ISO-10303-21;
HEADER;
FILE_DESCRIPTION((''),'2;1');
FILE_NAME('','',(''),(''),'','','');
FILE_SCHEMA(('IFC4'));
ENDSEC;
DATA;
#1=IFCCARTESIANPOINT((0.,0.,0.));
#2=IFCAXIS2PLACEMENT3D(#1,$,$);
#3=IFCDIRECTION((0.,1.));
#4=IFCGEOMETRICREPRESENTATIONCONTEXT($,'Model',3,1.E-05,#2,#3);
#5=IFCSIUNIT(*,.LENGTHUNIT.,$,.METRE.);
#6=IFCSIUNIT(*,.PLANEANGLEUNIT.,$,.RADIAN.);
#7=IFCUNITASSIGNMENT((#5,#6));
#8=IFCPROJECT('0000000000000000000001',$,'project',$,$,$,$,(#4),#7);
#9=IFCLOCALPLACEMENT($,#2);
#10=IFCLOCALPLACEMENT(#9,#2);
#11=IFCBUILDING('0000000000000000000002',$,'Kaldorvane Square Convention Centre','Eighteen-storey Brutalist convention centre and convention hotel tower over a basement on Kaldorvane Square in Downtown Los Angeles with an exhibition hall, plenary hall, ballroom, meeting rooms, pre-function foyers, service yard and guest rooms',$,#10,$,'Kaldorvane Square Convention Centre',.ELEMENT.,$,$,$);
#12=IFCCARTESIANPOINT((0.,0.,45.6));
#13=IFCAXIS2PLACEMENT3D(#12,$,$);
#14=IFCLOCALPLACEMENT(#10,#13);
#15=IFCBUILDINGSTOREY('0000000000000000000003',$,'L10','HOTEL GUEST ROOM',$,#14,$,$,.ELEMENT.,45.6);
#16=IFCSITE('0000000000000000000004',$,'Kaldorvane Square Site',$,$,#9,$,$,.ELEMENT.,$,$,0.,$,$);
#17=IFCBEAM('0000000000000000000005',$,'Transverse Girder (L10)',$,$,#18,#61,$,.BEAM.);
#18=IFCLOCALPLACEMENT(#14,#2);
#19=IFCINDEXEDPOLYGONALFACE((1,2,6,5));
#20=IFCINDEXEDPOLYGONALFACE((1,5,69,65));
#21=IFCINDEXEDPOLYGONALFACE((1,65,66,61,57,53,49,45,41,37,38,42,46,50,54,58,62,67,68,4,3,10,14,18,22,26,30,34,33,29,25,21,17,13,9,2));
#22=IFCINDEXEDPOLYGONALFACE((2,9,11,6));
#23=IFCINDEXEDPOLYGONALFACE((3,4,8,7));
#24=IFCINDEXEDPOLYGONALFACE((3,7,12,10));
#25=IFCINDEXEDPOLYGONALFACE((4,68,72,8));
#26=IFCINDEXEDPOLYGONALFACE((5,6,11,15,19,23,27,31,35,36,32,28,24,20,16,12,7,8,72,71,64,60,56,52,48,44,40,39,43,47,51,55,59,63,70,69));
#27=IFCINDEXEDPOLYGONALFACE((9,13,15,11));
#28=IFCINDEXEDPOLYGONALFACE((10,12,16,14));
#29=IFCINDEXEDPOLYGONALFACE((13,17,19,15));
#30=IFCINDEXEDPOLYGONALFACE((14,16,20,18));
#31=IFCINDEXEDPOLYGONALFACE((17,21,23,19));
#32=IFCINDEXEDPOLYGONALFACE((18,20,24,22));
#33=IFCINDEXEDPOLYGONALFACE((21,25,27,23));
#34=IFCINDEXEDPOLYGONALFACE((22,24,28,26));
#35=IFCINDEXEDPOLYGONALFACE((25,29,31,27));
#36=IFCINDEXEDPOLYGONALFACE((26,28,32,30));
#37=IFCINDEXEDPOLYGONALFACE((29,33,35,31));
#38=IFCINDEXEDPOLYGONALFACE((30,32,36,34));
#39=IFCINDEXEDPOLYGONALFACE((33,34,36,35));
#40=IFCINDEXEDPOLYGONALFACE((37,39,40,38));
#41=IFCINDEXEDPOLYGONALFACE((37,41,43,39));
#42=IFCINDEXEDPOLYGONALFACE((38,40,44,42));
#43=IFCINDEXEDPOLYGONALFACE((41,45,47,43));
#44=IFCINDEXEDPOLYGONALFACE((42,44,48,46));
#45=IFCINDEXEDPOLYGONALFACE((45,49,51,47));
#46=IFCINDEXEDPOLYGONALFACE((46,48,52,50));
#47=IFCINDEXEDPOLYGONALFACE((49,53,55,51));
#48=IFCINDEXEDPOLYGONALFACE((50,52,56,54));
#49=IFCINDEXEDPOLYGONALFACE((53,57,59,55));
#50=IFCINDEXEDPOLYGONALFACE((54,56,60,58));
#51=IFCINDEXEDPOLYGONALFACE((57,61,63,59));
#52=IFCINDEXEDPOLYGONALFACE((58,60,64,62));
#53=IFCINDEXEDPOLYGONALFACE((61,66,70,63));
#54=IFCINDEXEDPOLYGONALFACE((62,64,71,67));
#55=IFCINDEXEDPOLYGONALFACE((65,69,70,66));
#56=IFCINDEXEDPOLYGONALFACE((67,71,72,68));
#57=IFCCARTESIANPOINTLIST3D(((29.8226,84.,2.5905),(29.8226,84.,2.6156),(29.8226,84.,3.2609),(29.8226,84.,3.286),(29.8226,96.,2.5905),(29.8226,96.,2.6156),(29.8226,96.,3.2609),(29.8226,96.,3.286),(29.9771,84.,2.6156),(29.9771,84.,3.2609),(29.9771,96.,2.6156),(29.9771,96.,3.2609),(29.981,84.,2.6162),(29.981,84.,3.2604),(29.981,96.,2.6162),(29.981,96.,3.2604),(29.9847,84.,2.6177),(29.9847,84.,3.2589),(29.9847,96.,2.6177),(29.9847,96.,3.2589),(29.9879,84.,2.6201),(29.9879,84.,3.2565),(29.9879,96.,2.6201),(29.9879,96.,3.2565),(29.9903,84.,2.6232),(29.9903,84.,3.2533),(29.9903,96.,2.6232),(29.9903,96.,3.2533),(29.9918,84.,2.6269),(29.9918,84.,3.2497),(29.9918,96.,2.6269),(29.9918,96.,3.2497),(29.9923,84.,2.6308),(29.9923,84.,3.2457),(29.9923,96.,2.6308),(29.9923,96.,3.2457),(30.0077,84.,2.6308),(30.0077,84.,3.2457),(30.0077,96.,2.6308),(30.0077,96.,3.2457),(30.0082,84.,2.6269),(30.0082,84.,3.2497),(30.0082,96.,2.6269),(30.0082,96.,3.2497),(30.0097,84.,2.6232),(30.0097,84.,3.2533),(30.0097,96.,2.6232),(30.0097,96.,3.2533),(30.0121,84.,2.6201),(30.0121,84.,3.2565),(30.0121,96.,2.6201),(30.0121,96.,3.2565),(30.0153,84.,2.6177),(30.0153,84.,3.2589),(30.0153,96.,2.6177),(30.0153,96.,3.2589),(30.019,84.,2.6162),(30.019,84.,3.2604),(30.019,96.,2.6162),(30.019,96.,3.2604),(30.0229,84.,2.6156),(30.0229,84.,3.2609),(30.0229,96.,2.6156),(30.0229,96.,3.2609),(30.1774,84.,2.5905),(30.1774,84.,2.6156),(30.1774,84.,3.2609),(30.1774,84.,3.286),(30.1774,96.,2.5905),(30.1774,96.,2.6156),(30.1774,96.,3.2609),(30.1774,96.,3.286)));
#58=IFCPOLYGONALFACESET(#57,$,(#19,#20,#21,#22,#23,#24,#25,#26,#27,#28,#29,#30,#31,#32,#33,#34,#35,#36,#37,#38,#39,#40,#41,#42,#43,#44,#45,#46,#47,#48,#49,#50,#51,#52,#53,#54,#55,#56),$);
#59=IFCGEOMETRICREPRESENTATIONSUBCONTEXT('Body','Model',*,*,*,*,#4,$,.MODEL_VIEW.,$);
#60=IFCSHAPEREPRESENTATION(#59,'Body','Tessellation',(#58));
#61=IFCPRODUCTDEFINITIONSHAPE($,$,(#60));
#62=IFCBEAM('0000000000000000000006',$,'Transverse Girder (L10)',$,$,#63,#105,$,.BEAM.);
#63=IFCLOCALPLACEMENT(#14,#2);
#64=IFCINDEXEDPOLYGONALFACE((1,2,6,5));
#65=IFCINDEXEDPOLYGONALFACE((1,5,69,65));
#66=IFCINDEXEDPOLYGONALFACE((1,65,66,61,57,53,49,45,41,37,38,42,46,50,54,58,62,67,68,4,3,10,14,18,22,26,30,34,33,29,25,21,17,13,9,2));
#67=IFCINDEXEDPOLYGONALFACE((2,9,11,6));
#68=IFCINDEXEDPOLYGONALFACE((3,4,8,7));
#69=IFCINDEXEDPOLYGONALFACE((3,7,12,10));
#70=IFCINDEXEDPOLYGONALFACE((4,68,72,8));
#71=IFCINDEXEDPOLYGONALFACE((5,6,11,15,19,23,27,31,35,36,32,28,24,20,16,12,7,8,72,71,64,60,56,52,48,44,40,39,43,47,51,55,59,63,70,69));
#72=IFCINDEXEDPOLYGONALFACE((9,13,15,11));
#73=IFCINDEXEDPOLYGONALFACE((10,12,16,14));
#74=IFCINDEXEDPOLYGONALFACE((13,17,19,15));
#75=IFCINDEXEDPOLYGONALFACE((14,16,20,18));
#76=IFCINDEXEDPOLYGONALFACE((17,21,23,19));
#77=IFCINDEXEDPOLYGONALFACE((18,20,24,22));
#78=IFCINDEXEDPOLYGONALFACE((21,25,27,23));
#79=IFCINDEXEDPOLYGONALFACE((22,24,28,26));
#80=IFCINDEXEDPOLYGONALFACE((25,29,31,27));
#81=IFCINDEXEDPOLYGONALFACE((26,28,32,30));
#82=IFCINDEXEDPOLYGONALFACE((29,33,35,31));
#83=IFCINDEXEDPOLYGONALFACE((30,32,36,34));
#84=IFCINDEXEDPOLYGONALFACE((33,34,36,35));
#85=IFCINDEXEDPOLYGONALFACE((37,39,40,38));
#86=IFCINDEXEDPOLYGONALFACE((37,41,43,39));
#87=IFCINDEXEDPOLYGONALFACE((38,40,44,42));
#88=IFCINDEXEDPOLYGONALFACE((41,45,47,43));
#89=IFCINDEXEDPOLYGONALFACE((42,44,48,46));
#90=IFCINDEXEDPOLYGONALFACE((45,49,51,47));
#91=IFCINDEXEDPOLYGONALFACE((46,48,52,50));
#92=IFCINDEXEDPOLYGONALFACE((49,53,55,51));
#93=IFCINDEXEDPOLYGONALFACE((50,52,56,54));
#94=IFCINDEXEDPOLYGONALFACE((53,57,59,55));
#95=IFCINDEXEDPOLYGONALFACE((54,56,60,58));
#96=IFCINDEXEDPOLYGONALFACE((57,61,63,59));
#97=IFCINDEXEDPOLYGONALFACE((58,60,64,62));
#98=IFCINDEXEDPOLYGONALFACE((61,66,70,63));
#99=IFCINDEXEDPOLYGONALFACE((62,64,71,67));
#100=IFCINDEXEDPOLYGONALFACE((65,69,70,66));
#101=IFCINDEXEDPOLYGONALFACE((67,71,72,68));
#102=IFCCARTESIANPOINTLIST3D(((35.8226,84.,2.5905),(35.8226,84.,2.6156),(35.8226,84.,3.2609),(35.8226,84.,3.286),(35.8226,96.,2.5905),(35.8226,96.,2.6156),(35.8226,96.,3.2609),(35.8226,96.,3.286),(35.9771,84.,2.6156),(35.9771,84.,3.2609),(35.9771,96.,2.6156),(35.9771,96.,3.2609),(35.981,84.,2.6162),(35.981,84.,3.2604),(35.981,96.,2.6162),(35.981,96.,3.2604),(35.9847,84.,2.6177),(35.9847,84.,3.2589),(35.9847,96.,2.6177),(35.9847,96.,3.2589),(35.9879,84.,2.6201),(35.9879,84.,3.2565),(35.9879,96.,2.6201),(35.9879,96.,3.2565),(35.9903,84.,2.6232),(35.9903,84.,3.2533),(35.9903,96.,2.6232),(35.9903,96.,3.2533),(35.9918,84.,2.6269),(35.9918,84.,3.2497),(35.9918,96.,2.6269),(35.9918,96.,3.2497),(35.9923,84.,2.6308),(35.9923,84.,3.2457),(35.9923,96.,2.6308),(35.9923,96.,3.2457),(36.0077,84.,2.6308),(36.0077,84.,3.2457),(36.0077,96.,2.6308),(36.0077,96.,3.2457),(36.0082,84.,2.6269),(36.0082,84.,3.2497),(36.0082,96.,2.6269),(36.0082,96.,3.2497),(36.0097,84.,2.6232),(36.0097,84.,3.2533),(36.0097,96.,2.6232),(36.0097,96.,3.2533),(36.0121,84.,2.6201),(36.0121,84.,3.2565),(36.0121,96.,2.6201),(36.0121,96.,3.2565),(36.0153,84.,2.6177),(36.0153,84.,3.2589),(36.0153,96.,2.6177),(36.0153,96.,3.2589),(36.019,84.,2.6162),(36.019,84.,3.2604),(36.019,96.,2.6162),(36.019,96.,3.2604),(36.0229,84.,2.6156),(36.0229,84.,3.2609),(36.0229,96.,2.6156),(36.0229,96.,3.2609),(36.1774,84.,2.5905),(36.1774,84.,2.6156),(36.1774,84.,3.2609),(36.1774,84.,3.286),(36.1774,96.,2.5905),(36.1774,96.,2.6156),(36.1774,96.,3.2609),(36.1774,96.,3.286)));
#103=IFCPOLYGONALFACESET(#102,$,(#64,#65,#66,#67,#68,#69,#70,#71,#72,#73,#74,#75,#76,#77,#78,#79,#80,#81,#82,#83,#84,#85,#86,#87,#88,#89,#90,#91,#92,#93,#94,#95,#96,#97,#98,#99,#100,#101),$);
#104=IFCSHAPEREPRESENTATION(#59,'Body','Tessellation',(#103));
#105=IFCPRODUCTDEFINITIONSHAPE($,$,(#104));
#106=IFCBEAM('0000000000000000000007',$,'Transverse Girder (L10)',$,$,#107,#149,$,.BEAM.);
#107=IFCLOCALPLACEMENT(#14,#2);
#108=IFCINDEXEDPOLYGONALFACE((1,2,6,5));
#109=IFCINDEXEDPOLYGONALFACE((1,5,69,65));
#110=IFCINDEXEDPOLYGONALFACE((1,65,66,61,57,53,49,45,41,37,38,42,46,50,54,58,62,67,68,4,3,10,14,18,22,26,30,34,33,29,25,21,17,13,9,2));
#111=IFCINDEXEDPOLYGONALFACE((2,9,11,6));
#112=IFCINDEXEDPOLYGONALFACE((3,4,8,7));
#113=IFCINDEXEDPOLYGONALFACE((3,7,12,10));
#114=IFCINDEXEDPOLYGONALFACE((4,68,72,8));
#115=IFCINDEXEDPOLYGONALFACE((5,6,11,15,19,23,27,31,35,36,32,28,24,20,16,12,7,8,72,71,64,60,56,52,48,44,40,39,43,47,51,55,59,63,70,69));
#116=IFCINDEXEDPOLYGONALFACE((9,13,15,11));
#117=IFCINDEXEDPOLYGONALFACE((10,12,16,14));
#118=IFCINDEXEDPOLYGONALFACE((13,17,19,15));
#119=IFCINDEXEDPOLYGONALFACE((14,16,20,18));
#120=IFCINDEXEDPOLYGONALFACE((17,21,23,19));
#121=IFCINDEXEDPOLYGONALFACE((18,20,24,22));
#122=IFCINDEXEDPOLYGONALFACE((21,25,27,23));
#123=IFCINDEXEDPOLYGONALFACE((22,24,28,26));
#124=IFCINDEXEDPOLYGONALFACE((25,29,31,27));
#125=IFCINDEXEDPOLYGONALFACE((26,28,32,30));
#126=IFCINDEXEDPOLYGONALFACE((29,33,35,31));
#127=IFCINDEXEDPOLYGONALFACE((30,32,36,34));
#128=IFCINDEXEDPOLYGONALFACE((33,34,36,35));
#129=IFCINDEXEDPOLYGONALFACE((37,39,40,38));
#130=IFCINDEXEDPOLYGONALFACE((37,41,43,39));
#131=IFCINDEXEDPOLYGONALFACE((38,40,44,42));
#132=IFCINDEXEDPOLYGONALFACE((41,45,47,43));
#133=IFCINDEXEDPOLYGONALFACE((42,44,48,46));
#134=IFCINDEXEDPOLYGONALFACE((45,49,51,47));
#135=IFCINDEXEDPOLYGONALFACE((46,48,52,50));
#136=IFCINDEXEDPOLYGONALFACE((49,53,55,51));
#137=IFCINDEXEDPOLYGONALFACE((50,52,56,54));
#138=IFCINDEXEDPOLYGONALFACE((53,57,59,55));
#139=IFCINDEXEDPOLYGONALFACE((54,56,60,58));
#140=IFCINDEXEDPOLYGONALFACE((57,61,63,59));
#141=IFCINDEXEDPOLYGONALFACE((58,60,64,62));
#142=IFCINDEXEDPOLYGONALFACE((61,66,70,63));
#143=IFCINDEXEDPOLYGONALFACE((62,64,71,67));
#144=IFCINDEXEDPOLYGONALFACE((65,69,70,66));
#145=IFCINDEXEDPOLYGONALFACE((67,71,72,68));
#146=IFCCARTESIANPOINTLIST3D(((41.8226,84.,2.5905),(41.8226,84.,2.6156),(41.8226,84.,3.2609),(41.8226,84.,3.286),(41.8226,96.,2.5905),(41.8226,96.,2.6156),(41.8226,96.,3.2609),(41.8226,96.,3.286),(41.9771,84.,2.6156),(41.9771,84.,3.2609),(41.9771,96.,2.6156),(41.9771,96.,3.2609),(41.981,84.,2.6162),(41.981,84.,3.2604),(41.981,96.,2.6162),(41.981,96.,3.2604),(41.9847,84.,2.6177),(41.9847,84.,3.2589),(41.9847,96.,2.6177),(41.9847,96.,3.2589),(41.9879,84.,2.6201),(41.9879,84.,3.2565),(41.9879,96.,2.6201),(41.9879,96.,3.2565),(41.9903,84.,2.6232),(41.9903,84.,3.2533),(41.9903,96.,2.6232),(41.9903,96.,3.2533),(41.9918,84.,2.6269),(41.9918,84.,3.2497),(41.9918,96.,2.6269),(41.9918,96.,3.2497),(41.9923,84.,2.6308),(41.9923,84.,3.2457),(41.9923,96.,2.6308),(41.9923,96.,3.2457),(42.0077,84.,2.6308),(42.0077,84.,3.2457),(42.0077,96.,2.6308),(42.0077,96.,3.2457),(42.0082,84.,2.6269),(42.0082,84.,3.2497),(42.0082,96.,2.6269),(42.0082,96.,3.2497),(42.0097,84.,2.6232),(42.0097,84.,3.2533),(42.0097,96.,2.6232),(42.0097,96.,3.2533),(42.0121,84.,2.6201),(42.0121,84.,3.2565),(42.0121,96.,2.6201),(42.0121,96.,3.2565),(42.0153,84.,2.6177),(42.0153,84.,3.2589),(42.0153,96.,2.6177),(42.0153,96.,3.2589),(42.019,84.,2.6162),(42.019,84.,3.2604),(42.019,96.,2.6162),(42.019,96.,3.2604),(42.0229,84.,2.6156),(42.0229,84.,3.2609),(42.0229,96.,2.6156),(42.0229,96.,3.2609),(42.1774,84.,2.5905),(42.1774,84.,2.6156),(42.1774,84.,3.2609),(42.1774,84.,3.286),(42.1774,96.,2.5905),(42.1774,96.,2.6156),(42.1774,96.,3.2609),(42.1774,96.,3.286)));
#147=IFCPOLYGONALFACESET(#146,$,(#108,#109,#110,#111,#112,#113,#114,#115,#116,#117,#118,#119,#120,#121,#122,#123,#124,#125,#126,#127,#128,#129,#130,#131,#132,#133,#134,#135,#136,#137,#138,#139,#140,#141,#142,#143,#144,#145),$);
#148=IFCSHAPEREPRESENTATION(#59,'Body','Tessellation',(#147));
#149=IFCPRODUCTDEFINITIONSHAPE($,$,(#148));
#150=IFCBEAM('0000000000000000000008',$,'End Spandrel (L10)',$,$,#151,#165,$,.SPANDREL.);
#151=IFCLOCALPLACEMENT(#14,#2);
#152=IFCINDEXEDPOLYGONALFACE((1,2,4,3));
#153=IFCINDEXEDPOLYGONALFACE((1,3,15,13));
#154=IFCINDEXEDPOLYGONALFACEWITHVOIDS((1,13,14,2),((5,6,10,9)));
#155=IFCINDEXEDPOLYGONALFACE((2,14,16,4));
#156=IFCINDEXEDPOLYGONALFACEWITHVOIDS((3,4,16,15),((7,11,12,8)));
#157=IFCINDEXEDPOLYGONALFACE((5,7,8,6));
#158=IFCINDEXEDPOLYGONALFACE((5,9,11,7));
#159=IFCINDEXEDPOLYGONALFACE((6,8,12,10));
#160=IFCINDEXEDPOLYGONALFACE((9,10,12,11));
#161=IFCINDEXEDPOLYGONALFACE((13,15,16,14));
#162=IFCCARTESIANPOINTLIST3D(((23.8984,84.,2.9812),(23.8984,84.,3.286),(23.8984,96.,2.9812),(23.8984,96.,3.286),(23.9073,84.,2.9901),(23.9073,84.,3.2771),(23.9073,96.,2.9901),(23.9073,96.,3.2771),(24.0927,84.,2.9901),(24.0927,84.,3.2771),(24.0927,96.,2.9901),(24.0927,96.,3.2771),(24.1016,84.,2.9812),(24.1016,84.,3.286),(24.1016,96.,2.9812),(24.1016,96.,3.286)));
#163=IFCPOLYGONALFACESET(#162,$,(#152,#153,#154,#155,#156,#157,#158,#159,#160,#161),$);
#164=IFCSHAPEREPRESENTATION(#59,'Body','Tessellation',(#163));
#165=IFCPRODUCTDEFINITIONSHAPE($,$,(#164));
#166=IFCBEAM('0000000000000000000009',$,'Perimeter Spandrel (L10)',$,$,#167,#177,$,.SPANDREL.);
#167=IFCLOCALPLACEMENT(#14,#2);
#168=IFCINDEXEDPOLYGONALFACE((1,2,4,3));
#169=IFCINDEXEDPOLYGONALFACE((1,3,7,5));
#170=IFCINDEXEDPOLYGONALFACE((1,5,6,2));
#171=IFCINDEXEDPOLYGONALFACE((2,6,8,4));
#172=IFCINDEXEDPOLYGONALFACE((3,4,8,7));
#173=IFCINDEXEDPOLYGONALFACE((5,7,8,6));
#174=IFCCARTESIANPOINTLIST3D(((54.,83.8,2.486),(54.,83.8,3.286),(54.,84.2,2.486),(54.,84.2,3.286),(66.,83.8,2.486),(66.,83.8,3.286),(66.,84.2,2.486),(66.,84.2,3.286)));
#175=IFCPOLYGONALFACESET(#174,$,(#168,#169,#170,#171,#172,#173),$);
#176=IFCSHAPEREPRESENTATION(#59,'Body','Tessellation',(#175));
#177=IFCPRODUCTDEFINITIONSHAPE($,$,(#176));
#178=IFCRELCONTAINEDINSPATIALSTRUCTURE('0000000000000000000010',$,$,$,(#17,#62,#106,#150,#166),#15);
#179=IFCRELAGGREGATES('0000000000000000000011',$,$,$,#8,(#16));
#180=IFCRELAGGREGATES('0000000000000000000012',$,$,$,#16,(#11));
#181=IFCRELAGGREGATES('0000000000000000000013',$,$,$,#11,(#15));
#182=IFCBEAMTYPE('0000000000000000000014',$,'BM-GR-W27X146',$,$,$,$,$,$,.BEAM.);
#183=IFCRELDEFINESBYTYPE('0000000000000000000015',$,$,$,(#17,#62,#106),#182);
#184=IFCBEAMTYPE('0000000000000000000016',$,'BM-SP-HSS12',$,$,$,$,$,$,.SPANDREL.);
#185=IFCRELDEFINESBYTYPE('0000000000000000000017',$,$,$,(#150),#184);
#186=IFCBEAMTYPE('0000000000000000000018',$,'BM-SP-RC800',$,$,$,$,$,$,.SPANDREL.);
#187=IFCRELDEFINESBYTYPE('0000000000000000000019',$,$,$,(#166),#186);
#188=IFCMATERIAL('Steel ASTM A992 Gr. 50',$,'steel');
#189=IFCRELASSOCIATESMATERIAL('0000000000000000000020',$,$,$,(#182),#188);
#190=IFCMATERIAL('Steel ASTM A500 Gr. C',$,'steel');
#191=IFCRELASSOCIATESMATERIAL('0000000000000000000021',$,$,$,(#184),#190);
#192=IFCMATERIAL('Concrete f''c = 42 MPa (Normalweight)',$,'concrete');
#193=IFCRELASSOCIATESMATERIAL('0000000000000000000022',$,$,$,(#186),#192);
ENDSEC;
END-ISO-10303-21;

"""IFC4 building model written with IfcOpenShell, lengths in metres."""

from ifc_helpers import new_model, si_unit, direction, frame, origin, origin_2d, place, context, subcontext, project, spatial, rectangle, hollow_rectangle, i_section, extrude, material, material_profile, profile_set, type_object, element, save


model = new_model("IFC4")

# Units and contexts
model_context = context("Model", 3, precision=1e-05, world=origin(), true_north=direction((0.0, 1.0)))
body_context = subcontext(model_context, "Body", "Model", "MODEL_VIEW")
ifc_project = project(units=[si_unit("LENGTHUNIT", "METRE"), si_unit("PLANEANGLEUNIT", "RADIAN")], contexts=[model_context])

# Site, building, storey
site_placement = place(None, origin())
site = spatial("IfcSite", under=ifc_project, at=site_placement, Name="Kaldorvane Square Site", CompositionType="ELEMENT", RefElevation=0.0)
building_placement = place(site_placement, origin())
building = spatial("IfcBuilding", under=site, at=building_placement, Name="Kaldorvane Square Convention Centre", Description="Eighteen-storey Brutalist convention centre and convention hotel tower over a basement on Kaldorvane Square in Downtown Los Angeles with an exhibition hall, plenary hall, ballroom, meeting rooms, pre-function foyers, service yard and guest rooms", LongName="Kaldorvane Square Convention Centre", CompositionType="ELEMENT")
storey_placement = place(building_placement, frame((0.0, 0.0, 45.6)))
storey = spatial("IfcBuildingStorey", under=building, at=storey_placement, Name="L10", Description="HOTEL GUEST ROOM", CompositionType="ELEMENT", Elevation=45.6)

# Beams
ifc_material_1 = material(Name="Steel ASTM A992 Gr. 50", Category="steel")
ifc_material_profile_1 = material_profile(ifc_material_1, i_section(OverallWidth=0.3547, OverallDepth=0.6955, WebThickness=0.0154, FlangeThickness=0.0251, FilletRadius=0.0152, at=origin_2d()), Name="W27X146")
ifc_profile_set_1 = profile_set([ifc_material_profile_1], Name="Steel ASTM A992 Gr. 50")
beam_type_1 = type_object("IfcBeamType", Name="BM-GR-W27X146", PredefinedType="BEAM", material=ifc_profile_set_1)
for number, where, z_axis, x_axis, name in (
    (1, (30.0, 84.0, 2.9383), (0.0, 1.0, 0.0), (-1.0, 0.0, 0.0), "Transverse Girder (L10)"),
    (2, (36.0, 84.0, 2.9383), (0.0, 1.0, 0.0), (-1.0, 0.0, 0.0), "Transverse Girder (L10)"),
    (3, (42.0, 84.0, 2.9383), (0.0, 1.0, 0.0), (-1.0, 0.0, 0.0), "Transverse Girder (L10)"),
):
    element("IfcBeam", number, at=place(storey_placement, frame(where, z_axis=z_axis, x_axis=x_axis)), inside=storey, type_object=beam_type_1, Name=name, PredefinedType="BEAM", context=body_context, shape_type="SweptSolid", body=[
        extrude(i_section(OverallWidth=0.3547, OverallDepth=0.6955, WebThickness=0.0154, FlangeThickness=0.0251, FilletRadius=0.0152, at=origin_2d()), origin(), (0.0, 0.0, 1.0), 12.0),
    ])
ifc_material_2 = material(Name="Steel ASTM A500 Gr. C", Category="steel")
ifc_material_profile_2 = material_profile(ifc_material_2, hollow_rectangle(XDim=0.2032, YDim=0.3048, WallThickness=0.0089, at=origin_2d()), Name="HSS12X8X3/8")
ifc_profile_set_2 = profile_set([ifc_material_profile_2], Name="Steel ASTM A500 Gr. C")
beam_type_2 = type_object("IfcBeamType", Name="BM-SP-HSS12", PredefinedType="SPANDREL", material=ifc_profile_set_2)
beam_1_placement = place(storey_placement, frame((24.0, 84.0, 3.1336), z_axis=(0.0, 1.0, 0.0), x_axis=(-1.0, 0.0, 0.0)))
element("IfcBeam", 4, at=beam_1_placement, inside=storey, type_object=beam_type_2, Name="End Spandrel (L10)", PredefinedType="SPANDREL", context=body_context, shape_type="SweptSolid", body=[
    extrude(hollow_rectangle(XDim=0.2032, YDim=0.3048, WallThickness=0.0089, at=origin_2d()), origin(), (0.0, 0.0, 1.0), 12.0),
])
ifc_material_3 = material(Name="Concrete f'c = 42 MPa (Normalweight)", Category="concrete")
ifc_material_profile_3 = material_profile(ifc_material_3, rectangle(XDim=0.4, YDim=0.8, at=origin_2d()), Name="RCSP800X400")
ifc_profile_set_3 = profile_set([ifc_material_profile_3], Name="Concrete f'c = 42 MPa (Normalweight)")
beam_type_3 = type_object("IfcBeamType", Name="BM-SP-RC800", PredefinedType="SPANDREL", material=ifc_profile_set_3)
beam_2_placement = place(storey_placement, frame((54.0, 84.0, 2.886), z_axis=(1.0, 0.0, 0.0), x_axis=(0.0, 1.0, 0.0)))
element("IfcBeam", 5, at=beam_2_placement, inside=storey, type_object=beam_type_3, Name="Perimeter Spandrel (L10)", PredefinedType="SPANDREL", context=body_context, shape_type="SweptSolid", body=[
    extrude(rectangle(XDim=0.4, YDim=0.8, at=origin_2d()), origin(), (0.0, 0.0, 1.0), 12.0),
])

save(model, "model.ifc")
